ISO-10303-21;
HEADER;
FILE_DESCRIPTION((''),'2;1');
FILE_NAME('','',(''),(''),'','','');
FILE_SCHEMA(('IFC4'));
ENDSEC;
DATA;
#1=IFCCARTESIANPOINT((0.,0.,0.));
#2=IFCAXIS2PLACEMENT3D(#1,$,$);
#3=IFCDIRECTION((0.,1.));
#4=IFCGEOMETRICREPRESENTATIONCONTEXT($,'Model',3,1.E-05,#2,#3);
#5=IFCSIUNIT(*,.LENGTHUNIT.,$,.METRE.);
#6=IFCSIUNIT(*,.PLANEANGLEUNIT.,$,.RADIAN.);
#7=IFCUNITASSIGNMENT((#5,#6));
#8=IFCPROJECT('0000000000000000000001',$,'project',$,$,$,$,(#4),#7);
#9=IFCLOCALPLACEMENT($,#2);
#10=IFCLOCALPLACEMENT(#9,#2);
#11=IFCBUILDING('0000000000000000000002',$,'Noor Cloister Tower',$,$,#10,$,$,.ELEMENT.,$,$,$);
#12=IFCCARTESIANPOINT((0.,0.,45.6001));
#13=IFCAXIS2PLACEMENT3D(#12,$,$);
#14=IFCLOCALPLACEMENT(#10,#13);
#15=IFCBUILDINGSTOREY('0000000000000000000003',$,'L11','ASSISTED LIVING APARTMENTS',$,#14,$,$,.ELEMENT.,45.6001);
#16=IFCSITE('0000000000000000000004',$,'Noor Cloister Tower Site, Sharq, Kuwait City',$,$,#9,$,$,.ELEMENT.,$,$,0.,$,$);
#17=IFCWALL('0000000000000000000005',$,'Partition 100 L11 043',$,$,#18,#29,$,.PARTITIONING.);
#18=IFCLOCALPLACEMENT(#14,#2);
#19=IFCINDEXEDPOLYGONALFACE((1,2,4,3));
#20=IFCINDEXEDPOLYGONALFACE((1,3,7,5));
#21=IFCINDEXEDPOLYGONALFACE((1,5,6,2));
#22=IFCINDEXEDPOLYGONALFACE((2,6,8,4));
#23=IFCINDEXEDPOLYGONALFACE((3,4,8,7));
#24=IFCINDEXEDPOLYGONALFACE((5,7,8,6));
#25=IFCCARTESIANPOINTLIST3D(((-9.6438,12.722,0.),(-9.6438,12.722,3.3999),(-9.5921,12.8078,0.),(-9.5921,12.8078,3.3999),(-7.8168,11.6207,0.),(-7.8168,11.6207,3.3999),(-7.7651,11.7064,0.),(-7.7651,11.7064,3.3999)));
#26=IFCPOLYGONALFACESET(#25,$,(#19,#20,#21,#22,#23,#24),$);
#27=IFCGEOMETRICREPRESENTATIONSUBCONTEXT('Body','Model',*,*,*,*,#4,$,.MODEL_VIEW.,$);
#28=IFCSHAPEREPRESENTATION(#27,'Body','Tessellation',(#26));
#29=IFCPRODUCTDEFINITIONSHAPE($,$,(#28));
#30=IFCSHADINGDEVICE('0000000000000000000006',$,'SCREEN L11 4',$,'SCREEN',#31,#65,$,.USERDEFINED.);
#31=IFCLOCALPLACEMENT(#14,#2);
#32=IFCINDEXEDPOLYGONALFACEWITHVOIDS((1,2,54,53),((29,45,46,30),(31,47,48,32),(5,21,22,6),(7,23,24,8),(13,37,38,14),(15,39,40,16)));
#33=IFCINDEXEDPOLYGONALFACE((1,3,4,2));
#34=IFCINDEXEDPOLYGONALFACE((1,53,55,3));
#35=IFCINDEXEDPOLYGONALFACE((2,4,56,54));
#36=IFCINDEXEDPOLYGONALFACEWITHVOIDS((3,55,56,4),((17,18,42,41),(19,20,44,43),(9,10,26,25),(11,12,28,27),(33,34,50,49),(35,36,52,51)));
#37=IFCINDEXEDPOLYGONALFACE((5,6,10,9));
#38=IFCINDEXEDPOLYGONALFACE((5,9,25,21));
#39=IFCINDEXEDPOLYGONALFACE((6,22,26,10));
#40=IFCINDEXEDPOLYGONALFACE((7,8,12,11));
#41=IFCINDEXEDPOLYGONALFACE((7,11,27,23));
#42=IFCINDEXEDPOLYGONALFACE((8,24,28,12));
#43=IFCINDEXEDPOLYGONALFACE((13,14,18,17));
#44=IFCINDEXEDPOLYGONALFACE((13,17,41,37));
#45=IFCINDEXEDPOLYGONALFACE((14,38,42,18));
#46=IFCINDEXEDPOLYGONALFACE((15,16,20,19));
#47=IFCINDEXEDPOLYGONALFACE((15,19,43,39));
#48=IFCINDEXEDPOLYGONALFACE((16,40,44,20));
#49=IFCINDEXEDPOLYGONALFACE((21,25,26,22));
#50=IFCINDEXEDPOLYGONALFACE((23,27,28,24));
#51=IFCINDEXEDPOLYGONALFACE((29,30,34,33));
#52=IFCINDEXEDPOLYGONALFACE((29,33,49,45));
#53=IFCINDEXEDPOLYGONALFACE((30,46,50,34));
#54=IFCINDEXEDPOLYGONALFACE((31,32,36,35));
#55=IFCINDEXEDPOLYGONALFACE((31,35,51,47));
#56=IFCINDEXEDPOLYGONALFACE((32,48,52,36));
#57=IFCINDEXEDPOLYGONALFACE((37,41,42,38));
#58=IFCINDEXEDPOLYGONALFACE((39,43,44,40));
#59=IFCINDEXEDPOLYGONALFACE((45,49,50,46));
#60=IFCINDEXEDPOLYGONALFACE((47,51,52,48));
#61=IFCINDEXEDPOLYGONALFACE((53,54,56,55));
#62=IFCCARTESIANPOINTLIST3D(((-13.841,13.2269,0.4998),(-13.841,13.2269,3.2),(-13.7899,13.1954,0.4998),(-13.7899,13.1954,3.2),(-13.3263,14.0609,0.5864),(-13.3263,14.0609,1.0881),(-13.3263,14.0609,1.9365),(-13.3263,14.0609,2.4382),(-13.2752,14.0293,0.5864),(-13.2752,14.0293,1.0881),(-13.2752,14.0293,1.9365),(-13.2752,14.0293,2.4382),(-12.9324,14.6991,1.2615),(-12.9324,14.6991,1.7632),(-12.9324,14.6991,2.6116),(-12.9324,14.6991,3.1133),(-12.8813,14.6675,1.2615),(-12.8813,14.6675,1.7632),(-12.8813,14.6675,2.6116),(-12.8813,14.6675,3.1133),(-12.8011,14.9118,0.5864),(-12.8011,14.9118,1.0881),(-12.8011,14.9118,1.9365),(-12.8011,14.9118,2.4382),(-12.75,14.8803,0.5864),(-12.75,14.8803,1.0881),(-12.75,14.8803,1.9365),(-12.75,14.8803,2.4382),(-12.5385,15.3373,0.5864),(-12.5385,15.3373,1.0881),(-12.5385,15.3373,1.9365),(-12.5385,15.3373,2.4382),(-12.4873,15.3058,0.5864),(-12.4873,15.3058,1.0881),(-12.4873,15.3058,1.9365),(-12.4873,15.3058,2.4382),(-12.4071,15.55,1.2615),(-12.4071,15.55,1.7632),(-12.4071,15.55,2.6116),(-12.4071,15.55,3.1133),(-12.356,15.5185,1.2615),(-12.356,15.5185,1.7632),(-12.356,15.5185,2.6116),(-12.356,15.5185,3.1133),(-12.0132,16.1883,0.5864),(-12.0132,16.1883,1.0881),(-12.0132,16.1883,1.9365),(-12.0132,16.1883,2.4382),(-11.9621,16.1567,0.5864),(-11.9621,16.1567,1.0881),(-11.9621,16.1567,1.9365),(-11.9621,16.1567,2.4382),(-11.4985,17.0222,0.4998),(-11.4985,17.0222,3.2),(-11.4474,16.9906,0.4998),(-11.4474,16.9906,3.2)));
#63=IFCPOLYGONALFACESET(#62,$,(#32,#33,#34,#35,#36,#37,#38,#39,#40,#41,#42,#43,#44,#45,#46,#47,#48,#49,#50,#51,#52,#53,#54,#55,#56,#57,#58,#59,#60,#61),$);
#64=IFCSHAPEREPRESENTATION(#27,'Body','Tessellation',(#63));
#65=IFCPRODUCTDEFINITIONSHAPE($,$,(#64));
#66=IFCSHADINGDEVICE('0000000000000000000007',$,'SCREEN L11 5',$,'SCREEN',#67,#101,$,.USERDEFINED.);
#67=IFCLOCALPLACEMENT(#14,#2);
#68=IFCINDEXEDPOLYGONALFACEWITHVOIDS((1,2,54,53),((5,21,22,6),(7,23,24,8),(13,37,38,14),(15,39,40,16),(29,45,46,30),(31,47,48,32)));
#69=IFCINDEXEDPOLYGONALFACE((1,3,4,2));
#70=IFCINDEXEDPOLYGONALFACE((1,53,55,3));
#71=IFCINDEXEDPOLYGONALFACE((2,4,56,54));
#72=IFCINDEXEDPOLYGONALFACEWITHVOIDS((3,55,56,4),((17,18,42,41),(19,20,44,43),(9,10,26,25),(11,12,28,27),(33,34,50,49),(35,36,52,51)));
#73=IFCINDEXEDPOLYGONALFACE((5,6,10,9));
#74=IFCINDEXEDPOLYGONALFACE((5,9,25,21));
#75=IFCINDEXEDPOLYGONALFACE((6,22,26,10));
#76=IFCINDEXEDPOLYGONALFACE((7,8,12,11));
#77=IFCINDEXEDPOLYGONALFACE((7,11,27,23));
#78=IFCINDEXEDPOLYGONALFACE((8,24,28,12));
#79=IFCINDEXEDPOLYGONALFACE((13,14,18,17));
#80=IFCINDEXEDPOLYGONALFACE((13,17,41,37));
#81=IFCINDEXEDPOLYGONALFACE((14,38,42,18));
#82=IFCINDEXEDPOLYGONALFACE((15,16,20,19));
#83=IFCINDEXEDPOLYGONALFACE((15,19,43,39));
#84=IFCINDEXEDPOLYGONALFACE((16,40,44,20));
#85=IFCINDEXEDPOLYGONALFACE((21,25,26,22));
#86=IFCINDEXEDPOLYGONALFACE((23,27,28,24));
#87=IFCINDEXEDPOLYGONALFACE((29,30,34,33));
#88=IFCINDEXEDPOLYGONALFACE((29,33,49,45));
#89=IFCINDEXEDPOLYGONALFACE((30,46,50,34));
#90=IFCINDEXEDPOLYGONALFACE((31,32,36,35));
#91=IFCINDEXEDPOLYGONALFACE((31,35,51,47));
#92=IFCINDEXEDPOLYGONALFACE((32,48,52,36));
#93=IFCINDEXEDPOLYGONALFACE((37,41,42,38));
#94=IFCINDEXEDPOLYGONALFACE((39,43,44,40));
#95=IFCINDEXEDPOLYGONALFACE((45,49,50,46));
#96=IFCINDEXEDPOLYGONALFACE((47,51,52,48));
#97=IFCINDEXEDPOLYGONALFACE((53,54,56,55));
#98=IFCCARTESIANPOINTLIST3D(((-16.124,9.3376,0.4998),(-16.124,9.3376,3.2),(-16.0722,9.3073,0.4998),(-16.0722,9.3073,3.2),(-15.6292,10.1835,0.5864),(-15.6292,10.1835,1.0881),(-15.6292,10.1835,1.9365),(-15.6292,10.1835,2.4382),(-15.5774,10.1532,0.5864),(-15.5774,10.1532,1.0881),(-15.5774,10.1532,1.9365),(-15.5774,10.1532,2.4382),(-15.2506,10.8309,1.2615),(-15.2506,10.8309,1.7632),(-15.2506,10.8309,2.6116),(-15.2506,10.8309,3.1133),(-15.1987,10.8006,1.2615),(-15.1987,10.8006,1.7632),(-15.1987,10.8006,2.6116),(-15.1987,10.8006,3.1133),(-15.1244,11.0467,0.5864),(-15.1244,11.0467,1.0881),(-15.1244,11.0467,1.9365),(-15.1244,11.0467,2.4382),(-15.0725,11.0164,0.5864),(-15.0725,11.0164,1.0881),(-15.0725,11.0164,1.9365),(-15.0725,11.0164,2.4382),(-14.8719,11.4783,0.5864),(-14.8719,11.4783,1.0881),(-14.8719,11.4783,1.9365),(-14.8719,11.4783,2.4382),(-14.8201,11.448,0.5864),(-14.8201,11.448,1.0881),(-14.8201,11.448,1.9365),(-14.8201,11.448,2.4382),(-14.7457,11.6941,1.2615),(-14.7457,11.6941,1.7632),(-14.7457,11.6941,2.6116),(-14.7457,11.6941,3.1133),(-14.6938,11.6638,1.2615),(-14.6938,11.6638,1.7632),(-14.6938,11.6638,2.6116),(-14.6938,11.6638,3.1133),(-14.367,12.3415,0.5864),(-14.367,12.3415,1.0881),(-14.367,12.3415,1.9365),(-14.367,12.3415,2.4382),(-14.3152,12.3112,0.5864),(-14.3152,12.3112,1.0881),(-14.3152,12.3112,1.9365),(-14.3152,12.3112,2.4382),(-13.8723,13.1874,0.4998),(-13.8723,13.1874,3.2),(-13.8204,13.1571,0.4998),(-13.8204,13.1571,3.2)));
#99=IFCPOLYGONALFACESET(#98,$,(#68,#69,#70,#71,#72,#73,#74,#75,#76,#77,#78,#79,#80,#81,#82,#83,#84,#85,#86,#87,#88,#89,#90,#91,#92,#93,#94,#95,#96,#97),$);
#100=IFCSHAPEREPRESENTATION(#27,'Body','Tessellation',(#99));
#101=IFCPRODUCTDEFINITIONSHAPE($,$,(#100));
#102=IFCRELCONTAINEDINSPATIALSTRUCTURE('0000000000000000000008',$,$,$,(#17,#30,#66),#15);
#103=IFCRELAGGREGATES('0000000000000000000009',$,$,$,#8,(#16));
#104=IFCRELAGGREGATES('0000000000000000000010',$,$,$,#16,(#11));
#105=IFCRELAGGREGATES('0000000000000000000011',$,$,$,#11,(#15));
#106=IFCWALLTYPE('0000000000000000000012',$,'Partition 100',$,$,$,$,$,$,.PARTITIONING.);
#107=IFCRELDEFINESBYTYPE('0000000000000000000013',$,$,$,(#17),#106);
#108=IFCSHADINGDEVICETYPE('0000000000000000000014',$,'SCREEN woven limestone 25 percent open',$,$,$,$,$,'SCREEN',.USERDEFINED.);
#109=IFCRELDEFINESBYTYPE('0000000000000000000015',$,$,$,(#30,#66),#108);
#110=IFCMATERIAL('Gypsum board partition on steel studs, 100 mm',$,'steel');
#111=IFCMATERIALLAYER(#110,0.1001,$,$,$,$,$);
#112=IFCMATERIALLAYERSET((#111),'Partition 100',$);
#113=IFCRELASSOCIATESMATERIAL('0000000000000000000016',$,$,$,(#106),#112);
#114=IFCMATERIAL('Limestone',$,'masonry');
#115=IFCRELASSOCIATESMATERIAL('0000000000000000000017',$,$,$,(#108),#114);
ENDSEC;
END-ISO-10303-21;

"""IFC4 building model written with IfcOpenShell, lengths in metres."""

from ifc_helpers import new_model, si_unit, direction, frame, frame_2d, origin, place, context, subcontext, project, spatial, polyline, rectangle, outline, extrude, material, layer, layer_set, material_profile, profile_set, type_object, element, save


model = new_model("IFC4")

# Units and contexts
model_context = context("Model", 3, precision=1e-05, world=origin(), true_north=direction((0.0, 1.0)))
body_context = subcontext(model_context, "Body", "Model", "MODEL_VIEW")
ifc_project = project(units=[si_unit("LENGTHUNIT", "METRE"), si_unit("PLANEANGLEUNIT", "RADIAN")], contexts=[model_context])

# Site, building, storey
site_placement = place(None, origin())
site = spatial("IfcSite", under=ifc_project, at=site_placement, Name="Noor Cloister Tower Site, Sharq, Kuwait City", CompositionType="ELEMENT", RefElevation=0.0)
building_placement = place(site_placement, origin())
building = spatial("IfcBuilding", under=site, at=building_placement, Name="Noor Cloister Tower", CompositionType="ELEMENT")
storey_placement = place(building_placement, frame((0.0, 0.0, 45.6001)))
storey = spatial("IfcBuildingStorey", under=building, at=storey_placement, Name="L11", Description="ASSISTED LIVING APARTMENTS", CompositionType="ELEMENT", Elevation=45.6001)

# Wall
ifc_material_1 = material(Name="Gypsum board partition on steel studs, 100 mm", Category="steel")
ifc_layer_1 = layer(ifc_material_1, 0.1001)
ifc_layer_set_1 = layer_set([ifc_layer_1], Name="Partition 100")
wall_type_1 = type_object("IfcWallType", Name="Partition 100", PredefinedType="PARTITIONING", material=ifc_layer_set_1)
wall_1_placement = place(storey_placement, frame((-9.6179, 12.7649, 0.0), z_axis=(0.0, 0.0, 1.0), x_axis=(0.856421, -0.516279, 0.0)))
element("IfcWall", 1, at=wall_1_placement, inside=storey, type_object=wall_type_1, Name="Partition 100 L11 043", PredefinedType="PARTITIONING", context=body_context, shape_type="SweptSolid", body=[
    extrude(rectangle(XDim=2.1333, YDim=0.1001, at=frame_2d((1.0667, 0.0))), origin(), (0.0, 0.0, 1.0), 3.3999),
])

# Shading devices
ifc_material_2 = material(Name="Limestone", Category="masonry")
ifc_material_profile_1 = material_profile(ifc_material_2, outline(polyline([(-2.23, -1.3501), (2.23, -1.3501), (2.23, 1.3501), (-2.23, 1.3501), (-2.23, -1.3501)]), holes=[polyline([(-1.25, -1.2634), (-0.25, -1.2634), (-0.25, -0.7617), (-1.25, -0.7617), (-1.25, -1.2634)]), polyline([(0.25, -1.2634), (1.25, -1.2634), (1.25, -0.7617), (0.25, -0.7617), (0.25, -1.2634)]), polyline([(-0.5, -0.5884), (0.5, -0.5884), (0.5, -0.0867), (-0.5, -0.0867), (-0.5, -0.5884)]), polyline([(-1.25, 0.0867), (-0.25, 0.0867), (-0.25, 0.5884), (-1.25, 0.5884), (-1.25, 0.0867)]), polyline([(0.25, 0.0867), (1.25, 0.0867), (1.25, 0.5884), (0.25, 0.5884), (0.25, 0.0867)]), polyline([(-0.5, 0.7617), (0.5, 0.7617), (0.5, 1.2634), (-0.5, 1.2634), (-0.5, 0.7617)])]), Name="Woven screen 25 percent open")
ifc_profile_set_1 = profile_set([ifc_material_profile_1], Name="Limestone")
shading_device_type = type_object("IfcShadingDeviceType", Name="SCREEN woven limestone 25 percent open", ElementType="SCREEN", PredefinedType="USERDEFINED", material=ifc_profile_set_1)
for number, where, z_axis, x_axis, name in (
    (2, (-12.6187, 15.093, 1.8499), (-0.850959, 0.525233, 0.0), (-0.525233, -0.850959, 0.0), "SCREEN L11 4"),
    (3, (-14.9463, 11.2322, 1.8499), (-0.863188, 0.504883, 0.0), (-0.504883, -0.863188, 0.0), "SCREEN L11 5"),
):
    element("IfcShadingDevice", number, at=place(storey_placement, frame(where, z_axis=z_axis, x_axis=x_axis)), inside=storey, type_object=shading_device_type, Name=name, ObjectType="SCREEN", PredefinedType="USERDEFINED", context=body_context, shape_type="SweptSolid", body=[
        extrude(outline(polyline([(-2.23, -1.3501), (2.23, -1.3501), (2.23, 1.3501), (-2.23, 1.3501), (-2.23, -1.3501)]), holes=[polyline([(-1.25, -1.2634), (-0.25, -1.2634), (-0.25, -0.7617), (-1.25, -0.7617), (-1.25, -1.2634)]), polyline([(0.25, -1.2634), (1.25, -1.2634), (1.25, -0.7617), (0.25, -0.7617), (0.25, -1.2634)]), polyline([(-0.5, -0.5884), (0.5, -0.5884), (0.5, -0.0867), (-0.5, -0.0867), (-0.5, -0.5884)]), polyline([(-1.25, 0.0867), (-0.25, 0.0867), (-0.25, 0.5884), (-1.25, 0.5884), (-1.25, 0.0867)]), polyline([(0.25, 0.0867), (1.25, 0.0867), (1.25, 0.5884), (0.25, 0.5884), (0.25, 0.0867)]), polyline([(-0.5, 0.7617), (0.5, 0.7617), (0.5, 1.2634), (-0.5, 1.2634), (-0.5, 0.7617)])]), origin(), (0.0, 0.0, 1.0), 0.0601),
    ])

save(model, "model.ifc")
